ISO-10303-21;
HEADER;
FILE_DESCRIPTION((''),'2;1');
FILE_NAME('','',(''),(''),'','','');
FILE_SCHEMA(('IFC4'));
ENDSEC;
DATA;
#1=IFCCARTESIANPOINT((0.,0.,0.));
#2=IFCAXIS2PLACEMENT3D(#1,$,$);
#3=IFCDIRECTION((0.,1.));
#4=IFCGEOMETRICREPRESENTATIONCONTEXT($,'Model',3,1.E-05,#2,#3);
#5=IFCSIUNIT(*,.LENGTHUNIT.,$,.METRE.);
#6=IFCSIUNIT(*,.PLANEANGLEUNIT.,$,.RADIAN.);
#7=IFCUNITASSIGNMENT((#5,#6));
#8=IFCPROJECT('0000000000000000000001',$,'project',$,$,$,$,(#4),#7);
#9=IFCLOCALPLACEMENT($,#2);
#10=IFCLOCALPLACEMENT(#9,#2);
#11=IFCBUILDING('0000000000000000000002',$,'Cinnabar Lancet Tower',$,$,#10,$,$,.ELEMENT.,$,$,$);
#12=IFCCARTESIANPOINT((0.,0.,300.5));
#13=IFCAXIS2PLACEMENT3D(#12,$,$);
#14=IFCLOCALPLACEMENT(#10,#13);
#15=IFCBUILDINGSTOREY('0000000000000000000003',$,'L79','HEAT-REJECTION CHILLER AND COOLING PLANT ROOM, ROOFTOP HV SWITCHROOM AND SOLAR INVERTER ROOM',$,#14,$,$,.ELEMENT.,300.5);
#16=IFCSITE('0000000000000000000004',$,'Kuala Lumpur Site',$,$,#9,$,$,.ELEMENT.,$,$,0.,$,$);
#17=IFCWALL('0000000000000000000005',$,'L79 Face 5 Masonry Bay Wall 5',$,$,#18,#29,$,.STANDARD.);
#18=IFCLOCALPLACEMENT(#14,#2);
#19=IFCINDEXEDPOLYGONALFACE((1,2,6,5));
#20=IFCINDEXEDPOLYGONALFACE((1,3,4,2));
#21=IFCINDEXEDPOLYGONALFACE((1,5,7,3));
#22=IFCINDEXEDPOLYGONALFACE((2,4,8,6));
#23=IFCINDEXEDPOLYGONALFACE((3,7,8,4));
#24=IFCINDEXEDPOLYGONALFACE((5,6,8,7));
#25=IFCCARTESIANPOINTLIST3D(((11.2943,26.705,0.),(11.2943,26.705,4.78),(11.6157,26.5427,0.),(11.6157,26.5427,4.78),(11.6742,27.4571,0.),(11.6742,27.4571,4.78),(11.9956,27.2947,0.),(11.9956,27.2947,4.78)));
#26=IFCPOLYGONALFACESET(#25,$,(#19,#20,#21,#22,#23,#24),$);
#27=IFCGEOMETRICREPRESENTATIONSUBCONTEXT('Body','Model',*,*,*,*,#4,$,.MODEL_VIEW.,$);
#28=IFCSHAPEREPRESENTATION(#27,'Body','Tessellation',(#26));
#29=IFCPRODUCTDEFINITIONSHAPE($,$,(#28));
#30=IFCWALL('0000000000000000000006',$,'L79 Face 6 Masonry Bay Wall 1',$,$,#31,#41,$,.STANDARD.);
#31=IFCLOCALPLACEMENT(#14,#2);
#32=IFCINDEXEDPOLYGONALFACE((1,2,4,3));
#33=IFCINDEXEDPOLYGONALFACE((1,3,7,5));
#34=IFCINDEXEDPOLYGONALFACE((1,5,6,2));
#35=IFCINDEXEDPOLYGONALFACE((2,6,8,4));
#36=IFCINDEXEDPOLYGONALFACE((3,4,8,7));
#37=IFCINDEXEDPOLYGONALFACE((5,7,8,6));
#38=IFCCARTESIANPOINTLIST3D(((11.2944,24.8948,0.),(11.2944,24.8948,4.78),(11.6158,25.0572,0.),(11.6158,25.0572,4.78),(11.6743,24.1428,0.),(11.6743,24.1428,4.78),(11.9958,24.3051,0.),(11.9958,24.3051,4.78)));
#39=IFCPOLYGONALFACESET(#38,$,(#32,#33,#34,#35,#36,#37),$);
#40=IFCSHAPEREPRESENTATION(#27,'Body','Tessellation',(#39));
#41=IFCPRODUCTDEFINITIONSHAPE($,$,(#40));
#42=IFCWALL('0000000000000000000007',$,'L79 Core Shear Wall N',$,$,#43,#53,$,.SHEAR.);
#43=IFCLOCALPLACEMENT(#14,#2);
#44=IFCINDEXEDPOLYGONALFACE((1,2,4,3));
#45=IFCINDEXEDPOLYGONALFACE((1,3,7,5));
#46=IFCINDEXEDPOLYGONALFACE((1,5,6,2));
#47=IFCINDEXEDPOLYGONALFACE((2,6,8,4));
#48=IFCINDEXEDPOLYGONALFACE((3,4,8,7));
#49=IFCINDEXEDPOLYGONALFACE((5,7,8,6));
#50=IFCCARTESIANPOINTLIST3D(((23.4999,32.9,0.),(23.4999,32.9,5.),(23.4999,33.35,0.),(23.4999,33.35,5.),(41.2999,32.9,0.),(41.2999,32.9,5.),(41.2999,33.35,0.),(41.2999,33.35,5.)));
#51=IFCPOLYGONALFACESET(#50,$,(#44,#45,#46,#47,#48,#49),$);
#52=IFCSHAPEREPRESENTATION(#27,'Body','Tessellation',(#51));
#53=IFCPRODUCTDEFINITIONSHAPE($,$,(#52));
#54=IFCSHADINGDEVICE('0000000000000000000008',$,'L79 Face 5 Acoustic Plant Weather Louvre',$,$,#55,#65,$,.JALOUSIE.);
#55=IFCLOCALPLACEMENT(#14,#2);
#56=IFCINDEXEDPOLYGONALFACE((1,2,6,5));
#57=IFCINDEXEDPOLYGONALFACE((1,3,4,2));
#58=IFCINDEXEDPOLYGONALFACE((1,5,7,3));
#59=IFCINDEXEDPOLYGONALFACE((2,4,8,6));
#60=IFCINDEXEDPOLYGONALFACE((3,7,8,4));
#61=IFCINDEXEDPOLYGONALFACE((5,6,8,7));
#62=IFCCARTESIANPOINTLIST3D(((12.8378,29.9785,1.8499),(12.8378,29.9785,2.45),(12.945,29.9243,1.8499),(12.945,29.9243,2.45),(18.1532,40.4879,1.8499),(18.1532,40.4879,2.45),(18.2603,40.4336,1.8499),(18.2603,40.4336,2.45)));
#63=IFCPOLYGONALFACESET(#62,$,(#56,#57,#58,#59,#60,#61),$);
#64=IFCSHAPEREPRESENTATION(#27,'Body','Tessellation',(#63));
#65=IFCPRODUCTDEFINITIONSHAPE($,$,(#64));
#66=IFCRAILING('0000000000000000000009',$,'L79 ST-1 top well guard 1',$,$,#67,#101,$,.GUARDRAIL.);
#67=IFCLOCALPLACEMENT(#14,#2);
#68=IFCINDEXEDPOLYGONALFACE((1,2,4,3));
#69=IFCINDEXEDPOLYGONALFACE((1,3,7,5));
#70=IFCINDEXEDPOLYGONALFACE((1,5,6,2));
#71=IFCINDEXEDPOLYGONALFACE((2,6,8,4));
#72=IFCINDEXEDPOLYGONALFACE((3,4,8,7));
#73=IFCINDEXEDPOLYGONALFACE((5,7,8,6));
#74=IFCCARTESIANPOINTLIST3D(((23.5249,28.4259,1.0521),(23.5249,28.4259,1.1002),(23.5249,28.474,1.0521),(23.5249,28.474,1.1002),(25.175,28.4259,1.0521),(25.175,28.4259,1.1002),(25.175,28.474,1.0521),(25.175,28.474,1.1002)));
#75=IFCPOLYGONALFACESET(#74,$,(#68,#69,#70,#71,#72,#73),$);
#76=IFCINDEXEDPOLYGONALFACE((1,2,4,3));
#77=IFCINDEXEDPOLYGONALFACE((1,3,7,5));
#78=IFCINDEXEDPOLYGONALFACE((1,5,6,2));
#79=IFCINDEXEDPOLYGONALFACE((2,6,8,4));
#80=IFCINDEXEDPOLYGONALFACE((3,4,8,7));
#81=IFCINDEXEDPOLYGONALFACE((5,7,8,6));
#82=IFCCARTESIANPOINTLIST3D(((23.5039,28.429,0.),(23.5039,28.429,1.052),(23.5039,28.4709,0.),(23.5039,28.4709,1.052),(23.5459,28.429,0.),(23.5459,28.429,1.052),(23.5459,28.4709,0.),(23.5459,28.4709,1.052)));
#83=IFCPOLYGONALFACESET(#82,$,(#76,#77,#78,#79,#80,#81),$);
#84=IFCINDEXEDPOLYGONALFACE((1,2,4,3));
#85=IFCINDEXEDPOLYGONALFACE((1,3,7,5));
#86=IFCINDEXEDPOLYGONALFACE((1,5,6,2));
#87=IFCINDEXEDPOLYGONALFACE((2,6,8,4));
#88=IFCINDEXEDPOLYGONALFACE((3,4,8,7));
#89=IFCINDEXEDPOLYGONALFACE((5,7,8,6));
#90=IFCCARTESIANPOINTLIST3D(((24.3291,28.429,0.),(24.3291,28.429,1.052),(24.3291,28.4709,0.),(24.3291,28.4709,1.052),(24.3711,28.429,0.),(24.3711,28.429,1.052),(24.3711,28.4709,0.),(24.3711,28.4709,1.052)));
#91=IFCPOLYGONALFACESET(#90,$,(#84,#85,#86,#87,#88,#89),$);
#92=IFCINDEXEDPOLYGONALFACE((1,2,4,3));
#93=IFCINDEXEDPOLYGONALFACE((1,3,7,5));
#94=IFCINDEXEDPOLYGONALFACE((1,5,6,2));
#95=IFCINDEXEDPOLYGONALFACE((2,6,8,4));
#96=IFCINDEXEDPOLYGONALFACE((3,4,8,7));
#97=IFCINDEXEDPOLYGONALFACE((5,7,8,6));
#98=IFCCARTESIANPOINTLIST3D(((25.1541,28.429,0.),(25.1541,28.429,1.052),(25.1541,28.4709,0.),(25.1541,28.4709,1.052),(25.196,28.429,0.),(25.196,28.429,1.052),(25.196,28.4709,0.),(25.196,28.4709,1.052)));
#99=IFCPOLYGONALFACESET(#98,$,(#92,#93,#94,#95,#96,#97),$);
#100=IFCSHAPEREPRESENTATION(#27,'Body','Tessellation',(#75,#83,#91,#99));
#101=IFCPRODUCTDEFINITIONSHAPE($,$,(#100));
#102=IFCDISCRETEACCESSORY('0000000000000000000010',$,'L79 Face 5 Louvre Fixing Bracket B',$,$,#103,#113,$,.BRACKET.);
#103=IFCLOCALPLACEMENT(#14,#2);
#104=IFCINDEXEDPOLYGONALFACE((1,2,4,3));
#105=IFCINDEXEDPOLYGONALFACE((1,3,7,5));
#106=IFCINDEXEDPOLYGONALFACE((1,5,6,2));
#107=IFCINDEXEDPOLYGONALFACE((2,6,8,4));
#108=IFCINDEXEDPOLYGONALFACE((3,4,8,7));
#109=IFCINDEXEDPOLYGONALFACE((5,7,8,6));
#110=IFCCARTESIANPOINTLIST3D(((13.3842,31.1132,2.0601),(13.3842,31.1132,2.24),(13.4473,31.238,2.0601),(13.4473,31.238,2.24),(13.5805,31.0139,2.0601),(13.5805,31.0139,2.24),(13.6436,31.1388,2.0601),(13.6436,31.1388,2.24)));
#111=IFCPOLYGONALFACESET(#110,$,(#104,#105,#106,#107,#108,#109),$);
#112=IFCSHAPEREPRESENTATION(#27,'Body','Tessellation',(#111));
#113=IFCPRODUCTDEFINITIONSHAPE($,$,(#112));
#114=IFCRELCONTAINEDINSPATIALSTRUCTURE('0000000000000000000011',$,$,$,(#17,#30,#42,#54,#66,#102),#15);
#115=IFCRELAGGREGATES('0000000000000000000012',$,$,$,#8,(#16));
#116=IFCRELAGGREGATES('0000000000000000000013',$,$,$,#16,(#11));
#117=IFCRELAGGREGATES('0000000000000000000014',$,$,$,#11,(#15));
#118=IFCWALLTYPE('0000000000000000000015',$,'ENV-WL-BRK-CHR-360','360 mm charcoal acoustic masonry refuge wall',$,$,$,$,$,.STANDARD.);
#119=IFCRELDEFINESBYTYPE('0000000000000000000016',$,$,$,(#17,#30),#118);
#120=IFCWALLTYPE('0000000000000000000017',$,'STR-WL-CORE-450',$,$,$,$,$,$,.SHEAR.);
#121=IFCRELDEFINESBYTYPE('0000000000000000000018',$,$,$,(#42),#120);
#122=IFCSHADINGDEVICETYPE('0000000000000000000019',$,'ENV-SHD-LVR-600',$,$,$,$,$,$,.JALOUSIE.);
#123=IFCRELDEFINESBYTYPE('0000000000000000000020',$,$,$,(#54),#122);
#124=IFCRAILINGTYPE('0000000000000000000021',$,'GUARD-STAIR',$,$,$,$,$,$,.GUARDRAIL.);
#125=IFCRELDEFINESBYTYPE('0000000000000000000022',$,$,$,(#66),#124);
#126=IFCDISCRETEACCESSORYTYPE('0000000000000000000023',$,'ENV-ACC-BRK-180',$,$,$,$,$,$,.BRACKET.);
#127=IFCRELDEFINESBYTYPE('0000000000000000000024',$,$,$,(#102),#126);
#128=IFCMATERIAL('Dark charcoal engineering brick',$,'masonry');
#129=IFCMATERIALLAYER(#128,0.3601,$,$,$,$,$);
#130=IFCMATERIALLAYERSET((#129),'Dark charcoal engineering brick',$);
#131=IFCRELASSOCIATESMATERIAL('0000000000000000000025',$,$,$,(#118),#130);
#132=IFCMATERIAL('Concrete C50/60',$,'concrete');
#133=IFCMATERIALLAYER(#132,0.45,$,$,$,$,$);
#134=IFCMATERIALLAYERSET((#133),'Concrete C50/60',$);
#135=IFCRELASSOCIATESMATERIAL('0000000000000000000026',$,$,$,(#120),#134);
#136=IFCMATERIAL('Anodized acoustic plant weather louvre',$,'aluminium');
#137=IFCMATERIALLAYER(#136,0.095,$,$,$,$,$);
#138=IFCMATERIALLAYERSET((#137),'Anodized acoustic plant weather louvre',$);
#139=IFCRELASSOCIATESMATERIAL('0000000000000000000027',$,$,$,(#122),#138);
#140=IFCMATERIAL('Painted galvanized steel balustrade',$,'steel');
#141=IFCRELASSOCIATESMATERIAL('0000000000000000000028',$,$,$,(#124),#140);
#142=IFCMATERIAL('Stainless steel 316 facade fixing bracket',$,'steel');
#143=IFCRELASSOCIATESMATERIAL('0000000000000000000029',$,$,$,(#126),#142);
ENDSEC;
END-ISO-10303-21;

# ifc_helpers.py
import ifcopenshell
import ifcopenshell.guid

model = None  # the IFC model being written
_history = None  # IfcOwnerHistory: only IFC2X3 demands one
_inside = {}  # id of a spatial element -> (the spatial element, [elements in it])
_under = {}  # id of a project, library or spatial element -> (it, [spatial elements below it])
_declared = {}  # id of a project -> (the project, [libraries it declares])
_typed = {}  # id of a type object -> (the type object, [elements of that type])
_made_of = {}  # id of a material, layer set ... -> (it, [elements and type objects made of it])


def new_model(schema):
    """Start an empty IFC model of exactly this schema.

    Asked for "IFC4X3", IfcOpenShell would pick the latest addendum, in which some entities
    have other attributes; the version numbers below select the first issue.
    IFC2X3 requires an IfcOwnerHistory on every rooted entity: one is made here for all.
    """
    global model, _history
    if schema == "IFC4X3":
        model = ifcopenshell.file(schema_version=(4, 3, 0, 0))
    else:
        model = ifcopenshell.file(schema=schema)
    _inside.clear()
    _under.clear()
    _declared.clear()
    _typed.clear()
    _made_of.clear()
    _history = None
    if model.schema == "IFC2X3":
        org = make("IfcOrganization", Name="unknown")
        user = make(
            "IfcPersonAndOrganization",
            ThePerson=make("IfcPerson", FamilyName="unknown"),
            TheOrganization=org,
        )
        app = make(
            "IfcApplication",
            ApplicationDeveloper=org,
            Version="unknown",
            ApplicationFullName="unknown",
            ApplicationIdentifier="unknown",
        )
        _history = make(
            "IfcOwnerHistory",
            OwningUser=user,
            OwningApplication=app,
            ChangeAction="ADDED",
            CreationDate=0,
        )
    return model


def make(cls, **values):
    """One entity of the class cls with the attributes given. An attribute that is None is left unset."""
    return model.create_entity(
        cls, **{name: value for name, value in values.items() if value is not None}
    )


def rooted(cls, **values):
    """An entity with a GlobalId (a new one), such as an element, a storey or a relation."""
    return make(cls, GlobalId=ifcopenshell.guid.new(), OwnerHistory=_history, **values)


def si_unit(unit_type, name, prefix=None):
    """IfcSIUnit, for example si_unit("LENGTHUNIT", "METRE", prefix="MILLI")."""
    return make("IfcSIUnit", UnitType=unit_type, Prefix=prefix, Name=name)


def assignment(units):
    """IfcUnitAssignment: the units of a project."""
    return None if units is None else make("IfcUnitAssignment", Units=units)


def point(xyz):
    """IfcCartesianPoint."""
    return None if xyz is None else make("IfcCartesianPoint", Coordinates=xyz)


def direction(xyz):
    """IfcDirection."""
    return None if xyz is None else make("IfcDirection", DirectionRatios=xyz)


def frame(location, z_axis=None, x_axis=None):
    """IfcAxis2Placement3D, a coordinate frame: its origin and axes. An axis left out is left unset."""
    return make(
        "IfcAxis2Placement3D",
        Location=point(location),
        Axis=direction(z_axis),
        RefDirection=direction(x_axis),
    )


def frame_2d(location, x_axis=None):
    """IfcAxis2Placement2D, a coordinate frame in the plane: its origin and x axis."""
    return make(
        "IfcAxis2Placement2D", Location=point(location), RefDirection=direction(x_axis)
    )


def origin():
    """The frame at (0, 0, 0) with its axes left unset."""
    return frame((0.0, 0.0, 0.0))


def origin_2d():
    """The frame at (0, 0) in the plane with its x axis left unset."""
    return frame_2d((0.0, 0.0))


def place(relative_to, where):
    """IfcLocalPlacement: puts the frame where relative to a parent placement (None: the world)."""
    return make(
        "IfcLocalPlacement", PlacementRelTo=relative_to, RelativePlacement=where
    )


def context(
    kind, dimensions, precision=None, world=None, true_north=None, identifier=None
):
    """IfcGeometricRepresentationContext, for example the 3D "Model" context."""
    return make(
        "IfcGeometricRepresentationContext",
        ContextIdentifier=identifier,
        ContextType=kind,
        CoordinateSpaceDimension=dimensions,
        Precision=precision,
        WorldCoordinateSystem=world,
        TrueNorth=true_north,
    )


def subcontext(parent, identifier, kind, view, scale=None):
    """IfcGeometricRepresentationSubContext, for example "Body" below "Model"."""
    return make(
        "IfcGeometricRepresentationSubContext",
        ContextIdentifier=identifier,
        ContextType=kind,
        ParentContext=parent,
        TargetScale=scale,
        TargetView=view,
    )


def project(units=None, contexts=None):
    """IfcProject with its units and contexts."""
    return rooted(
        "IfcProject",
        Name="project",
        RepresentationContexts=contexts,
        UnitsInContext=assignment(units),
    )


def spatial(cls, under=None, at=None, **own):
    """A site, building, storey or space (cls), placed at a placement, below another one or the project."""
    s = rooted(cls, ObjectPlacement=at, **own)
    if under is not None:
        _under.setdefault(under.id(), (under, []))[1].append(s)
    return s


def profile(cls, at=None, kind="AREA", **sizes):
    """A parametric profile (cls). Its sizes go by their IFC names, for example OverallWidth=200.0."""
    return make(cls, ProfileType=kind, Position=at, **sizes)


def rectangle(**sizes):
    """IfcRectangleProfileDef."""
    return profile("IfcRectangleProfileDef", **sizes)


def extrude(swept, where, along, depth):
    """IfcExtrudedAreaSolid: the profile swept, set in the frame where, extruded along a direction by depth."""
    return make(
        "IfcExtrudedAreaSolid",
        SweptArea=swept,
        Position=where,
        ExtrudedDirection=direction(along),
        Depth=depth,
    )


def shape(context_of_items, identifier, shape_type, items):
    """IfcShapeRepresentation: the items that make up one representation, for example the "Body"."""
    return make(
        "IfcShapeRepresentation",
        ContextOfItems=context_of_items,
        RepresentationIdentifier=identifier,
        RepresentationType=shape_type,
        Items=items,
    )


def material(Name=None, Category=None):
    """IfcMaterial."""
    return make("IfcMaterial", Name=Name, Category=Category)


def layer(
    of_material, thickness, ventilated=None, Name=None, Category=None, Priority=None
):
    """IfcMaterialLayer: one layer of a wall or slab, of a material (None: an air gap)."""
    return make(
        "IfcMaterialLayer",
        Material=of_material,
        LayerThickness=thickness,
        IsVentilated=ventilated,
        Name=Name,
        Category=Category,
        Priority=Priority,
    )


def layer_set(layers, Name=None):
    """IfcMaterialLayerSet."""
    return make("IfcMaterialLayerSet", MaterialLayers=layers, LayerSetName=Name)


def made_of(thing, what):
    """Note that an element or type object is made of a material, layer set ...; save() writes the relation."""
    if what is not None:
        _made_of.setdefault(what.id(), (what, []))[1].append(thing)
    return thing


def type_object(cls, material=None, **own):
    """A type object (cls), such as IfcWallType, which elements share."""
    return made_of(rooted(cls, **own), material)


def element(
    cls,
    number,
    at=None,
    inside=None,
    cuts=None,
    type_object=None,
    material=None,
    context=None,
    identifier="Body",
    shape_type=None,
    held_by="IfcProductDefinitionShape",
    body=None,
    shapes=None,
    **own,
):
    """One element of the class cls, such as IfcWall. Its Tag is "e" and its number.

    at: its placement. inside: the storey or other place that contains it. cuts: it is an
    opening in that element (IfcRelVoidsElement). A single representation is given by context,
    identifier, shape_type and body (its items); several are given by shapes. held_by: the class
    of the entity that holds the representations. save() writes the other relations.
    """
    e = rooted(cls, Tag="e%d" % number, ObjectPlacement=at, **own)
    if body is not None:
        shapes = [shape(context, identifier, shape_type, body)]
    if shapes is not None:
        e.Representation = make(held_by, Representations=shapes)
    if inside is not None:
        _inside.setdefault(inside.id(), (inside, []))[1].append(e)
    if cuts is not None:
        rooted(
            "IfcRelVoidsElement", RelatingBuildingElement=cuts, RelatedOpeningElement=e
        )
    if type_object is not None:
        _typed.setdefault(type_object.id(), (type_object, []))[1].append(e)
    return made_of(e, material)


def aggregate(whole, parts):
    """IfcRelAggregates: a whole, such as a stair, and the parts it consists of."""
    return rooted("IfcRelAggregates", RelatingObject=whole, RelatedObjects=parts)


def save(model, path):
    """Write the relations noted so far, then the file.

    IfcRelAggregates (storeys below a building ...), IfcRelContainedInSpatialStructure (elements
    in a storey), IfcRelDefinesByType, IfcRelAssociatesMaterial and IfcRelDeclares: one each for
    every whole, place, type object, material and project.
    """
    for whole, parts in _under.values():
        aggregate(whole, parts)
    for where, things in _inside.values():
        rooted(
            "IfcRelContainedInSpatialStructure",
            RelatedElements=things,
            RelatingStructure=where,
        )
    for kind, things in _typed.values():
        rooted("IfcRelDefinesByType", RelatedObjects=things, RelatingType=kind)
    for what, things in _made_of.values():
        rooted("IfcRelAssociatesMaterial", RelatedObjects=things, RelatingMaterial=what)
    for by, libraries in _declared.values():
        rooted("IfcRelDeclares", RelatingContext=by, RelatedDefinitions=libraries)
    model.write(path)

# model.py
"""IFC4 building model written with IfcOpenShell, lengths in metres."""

from ifc_helpers import new_model, si_unit, direction, frame, frame_2d, origin, origin_2d, place, context, subcontext, project, spatial, rectangle, extrude, material, layer, layer_set, type_object, element, save


model = new_model("IFC4")

# Units and contexts
model_context = context("Model", 3, precision=1e-05, world=origin(), true_north=direction((0.0, 1.0)))
body_context = subcontext(model_context, "Body", "Model", "MODEL_VIEW")
ifc_project = project(units=[si_unit("LENGTHUNIT", "METRE"), si_unit("PLANEANGLEUNIT", "RADIAN")], contexts=[model_context])

# Site, building, storey
site_placement = place(None, origin())
site = spatial("IfcSite", under=ifc_project, at=site_placement, Name="Kuala Lumpur Site", CompositionType="ELEMENT", RefElevation=0.0)
building_placement = place(site_placement, origin())
building = spatial("IfcBuilding", under=site, at=building_placement, Name="Cinnabar Lancet Tower", CompositionType="ELEMENT")
storey_placement = place(building_placement, frame((0.0, 0.0, 300.5)))
storey = spatial("IfcBuildingStorey", under=building, at=storey_placement, Name="L79", Description="HEAT-REJECTION CHILLER AND COOLING PLANT ROOM, ROOFTOP HV SWITCHROOM AND SOLAR INVERTER ROOM", CompositionType="ELEMENT", Elevation=300.5)

# Walls
ifc_material_1 = material(Name="Dark charcoal engineering brick", Category="masonry")
ifc_layer_1 = layer(ifc_material_1, 0.3601)
ifc_layer_set_1 = layer_set([ifc_layer_1], Name="Dark charcoal engineering brick")
wall_type_1 = type_object("IfcWallType", Name="ENV-WL-BRK-CHR-360", Description="360 mm charcoal acoustic masonry refuge wall", PredefinedType="STANDARD", material=ifc_layer_set_1)
for number, where, z_axis, x_axis, name in (
    (1, (11.835, 27.376, 0.0), (0.0, 0.0, 1.0), (-0.450919, -0.892565, 0.0), "L79 Face 5 Masonry Bay Wall 5"),
    (2, (11.4551, 24.9761, 0.0), (0.0, 0.0, 1.0), (0.450919, -0.892565, 0.0), "L79 Face 6 Masonry Bay Wall 1"),
):
    element("IfcWall", number, at=place(storey_placement, frame(where, z_axis=z_axis, x_axis=x_axis)), inside=storey, type_object=wall_type_1, Name=name, PredefinedType="STANDARD", context=body_context, shape_type="SweptSolid", body=[
        extrude(rectangle(XDim=0.8425, YDim=0.3601, at=frame_2d((0.4214, 0.0))), origin(), (0.0, 0.0, 1.0), 4.78),
    ])
ifc_material_2 = material(Name="Concrete C50/60", Category="concrete")
ifc_layer_2 = layer(ifc_material_2, 0.45)
ifc_layer_set_2 = layer_set([ifc_layer_2], Name="Concrete C50/60")
wall_type_2 = type_object("IfcWallType", Name="STR-WL-CORE-450", PredefinedType="SHEAR", material=ifc_layer_set_2)
wall_1_placement = place(storey_placement, frame((23.5, 33.125, 0.0), z_axis=(0.0, 0.0, 1.0), x_axis=(1.0, 0.0, 0.0)))
element("IfcWall", 3, at=wall_1_placement, inside=storey, type_object=wall_type_2, Name="L79 Core Shear Wall N", PredefinedType="SHEAR", context=body_context, shape_type="SweptSolid", body=[
    extrude(rectangle(XDim=17.8, YDim=0.45, at=frame_2d((8.8999, 0.0))), origin(), (0.0, 0.0, 1.0), 5.0),
])

# Shading device
ifc_material_3 = material(Name="Anodized acoustic plant weather louvre", Category="aluminium")
ifc_layer_3 = layer(ifc_material_3, 0.095)
ifc_layer_set_3 = layer_set([ifc_layer_3], Name="Anodized acoustic plant weather louvre")
shading_device_type = type_object("IfcShadingDeviceType", Name="ENV-SHD-LVR-600", PredefinedType="JALOUSIE", material=ifc_layer_set_3)
shading_device_placement = place(storey_placement, frame((15.5491, 35.2061, 1.8499), z_axis=(0.0, 0.0, 1.0), x_axis=(-0.451329, -0.892357, 0.0)))
element("IfcShadingDevice", 4, at=shading_device_placement, inside=storey, type_object=shading_device_type, Name="L79 Face 5 Acoustic Plant Weather Louvre", PredefinedType="JALOUSIE", context=body_context, shape_type="SweptSolid", body=[
    extrude(rectangle(XDim=11.7771, YDim=0.1201, at=origin_2d()), origin(), (0.0, 0.0, 1.0), 0.6001),
])

# Railing
ifc_material_4 = material(Name="Painted galvanized steel balustrade", Category="steel")
railing_type = type_object("IfcRailingType", Name="GUARD-STAIR", PredefinedType="GUARDRAIL", material=ifc_material_4)
railing_placement = place(storey_placement, frame((23.5249, 28.45, 0.0)))
element("IfcRailing", 5, at=railing_placement, inside=storey, type_object=railing_type, Name="L79 ST-1 top well guard 1", PredefinedType="GUARDRAIL", context=body_context, shape_type="SweptSolid", body=[
    extrude(rectangle(XDim=0.0481, YDim=0.0481, at=origin_2d()), frame((0.0, 0.0, 1.0762), z_axis=(1.0, 0.0, 0.0), x_axis=(0.0, 1.0, 0.0)), (0.0, 0.0, 1.0), 1.6501),
    extrude(rectangle(XDim=0.042, YDim=0.042, at=origin_2d()), origin(), (0.0, 0.0, 1.0), 1.052),
    extrude(rectangle(XDim=0.042, YDim=0.042, at=origin_2d()), frame((0.8252, 0.0, 0.0)), (0.0, 0.0, 1.0), 1.052),
    extrude(rectangle(XDim=0.042, YDim=0.042, at=origin_2d()), frame((1.6501, 0.0, 0.0)), (0.0, 0.0, 1.0), 1.052),
])

# Discrete accessory
ifc_material_5 = material(Name="Stainless steel 316 facade fixing bracket", Category="steel")
discrete_accessory_type = type_object("IfcDiscreteAccessoryType", Name="ENV-ACC-BRK-180", PredefinedType="BRACKET", material=ifc_material_5)
discrete_accessory_placement = place(storey_placement, frame((13.5139, 31.126, 2.0601), z_axis=(0.0, 0.0, 1.0), x_axis=(-0.451329, -0.892357, 0.0)))
element("IfcDiscreteAccessory", 6, at=discrete_accessory_placement, inside=storey, type_object=discrete_accessory_type, Name="L79 Face 5 Louvre Fixing Bracket B", PredefinedType="BRACKET", context=body_context, shape_type="SweptSolid", body=[
    extrude(rectangle(XDim=0.1399, YDim=0.22, at=origin_2d()), origin(), (0.0, 0.0, 1.0), 0.1799),
])

save(model, "model.ifc")
